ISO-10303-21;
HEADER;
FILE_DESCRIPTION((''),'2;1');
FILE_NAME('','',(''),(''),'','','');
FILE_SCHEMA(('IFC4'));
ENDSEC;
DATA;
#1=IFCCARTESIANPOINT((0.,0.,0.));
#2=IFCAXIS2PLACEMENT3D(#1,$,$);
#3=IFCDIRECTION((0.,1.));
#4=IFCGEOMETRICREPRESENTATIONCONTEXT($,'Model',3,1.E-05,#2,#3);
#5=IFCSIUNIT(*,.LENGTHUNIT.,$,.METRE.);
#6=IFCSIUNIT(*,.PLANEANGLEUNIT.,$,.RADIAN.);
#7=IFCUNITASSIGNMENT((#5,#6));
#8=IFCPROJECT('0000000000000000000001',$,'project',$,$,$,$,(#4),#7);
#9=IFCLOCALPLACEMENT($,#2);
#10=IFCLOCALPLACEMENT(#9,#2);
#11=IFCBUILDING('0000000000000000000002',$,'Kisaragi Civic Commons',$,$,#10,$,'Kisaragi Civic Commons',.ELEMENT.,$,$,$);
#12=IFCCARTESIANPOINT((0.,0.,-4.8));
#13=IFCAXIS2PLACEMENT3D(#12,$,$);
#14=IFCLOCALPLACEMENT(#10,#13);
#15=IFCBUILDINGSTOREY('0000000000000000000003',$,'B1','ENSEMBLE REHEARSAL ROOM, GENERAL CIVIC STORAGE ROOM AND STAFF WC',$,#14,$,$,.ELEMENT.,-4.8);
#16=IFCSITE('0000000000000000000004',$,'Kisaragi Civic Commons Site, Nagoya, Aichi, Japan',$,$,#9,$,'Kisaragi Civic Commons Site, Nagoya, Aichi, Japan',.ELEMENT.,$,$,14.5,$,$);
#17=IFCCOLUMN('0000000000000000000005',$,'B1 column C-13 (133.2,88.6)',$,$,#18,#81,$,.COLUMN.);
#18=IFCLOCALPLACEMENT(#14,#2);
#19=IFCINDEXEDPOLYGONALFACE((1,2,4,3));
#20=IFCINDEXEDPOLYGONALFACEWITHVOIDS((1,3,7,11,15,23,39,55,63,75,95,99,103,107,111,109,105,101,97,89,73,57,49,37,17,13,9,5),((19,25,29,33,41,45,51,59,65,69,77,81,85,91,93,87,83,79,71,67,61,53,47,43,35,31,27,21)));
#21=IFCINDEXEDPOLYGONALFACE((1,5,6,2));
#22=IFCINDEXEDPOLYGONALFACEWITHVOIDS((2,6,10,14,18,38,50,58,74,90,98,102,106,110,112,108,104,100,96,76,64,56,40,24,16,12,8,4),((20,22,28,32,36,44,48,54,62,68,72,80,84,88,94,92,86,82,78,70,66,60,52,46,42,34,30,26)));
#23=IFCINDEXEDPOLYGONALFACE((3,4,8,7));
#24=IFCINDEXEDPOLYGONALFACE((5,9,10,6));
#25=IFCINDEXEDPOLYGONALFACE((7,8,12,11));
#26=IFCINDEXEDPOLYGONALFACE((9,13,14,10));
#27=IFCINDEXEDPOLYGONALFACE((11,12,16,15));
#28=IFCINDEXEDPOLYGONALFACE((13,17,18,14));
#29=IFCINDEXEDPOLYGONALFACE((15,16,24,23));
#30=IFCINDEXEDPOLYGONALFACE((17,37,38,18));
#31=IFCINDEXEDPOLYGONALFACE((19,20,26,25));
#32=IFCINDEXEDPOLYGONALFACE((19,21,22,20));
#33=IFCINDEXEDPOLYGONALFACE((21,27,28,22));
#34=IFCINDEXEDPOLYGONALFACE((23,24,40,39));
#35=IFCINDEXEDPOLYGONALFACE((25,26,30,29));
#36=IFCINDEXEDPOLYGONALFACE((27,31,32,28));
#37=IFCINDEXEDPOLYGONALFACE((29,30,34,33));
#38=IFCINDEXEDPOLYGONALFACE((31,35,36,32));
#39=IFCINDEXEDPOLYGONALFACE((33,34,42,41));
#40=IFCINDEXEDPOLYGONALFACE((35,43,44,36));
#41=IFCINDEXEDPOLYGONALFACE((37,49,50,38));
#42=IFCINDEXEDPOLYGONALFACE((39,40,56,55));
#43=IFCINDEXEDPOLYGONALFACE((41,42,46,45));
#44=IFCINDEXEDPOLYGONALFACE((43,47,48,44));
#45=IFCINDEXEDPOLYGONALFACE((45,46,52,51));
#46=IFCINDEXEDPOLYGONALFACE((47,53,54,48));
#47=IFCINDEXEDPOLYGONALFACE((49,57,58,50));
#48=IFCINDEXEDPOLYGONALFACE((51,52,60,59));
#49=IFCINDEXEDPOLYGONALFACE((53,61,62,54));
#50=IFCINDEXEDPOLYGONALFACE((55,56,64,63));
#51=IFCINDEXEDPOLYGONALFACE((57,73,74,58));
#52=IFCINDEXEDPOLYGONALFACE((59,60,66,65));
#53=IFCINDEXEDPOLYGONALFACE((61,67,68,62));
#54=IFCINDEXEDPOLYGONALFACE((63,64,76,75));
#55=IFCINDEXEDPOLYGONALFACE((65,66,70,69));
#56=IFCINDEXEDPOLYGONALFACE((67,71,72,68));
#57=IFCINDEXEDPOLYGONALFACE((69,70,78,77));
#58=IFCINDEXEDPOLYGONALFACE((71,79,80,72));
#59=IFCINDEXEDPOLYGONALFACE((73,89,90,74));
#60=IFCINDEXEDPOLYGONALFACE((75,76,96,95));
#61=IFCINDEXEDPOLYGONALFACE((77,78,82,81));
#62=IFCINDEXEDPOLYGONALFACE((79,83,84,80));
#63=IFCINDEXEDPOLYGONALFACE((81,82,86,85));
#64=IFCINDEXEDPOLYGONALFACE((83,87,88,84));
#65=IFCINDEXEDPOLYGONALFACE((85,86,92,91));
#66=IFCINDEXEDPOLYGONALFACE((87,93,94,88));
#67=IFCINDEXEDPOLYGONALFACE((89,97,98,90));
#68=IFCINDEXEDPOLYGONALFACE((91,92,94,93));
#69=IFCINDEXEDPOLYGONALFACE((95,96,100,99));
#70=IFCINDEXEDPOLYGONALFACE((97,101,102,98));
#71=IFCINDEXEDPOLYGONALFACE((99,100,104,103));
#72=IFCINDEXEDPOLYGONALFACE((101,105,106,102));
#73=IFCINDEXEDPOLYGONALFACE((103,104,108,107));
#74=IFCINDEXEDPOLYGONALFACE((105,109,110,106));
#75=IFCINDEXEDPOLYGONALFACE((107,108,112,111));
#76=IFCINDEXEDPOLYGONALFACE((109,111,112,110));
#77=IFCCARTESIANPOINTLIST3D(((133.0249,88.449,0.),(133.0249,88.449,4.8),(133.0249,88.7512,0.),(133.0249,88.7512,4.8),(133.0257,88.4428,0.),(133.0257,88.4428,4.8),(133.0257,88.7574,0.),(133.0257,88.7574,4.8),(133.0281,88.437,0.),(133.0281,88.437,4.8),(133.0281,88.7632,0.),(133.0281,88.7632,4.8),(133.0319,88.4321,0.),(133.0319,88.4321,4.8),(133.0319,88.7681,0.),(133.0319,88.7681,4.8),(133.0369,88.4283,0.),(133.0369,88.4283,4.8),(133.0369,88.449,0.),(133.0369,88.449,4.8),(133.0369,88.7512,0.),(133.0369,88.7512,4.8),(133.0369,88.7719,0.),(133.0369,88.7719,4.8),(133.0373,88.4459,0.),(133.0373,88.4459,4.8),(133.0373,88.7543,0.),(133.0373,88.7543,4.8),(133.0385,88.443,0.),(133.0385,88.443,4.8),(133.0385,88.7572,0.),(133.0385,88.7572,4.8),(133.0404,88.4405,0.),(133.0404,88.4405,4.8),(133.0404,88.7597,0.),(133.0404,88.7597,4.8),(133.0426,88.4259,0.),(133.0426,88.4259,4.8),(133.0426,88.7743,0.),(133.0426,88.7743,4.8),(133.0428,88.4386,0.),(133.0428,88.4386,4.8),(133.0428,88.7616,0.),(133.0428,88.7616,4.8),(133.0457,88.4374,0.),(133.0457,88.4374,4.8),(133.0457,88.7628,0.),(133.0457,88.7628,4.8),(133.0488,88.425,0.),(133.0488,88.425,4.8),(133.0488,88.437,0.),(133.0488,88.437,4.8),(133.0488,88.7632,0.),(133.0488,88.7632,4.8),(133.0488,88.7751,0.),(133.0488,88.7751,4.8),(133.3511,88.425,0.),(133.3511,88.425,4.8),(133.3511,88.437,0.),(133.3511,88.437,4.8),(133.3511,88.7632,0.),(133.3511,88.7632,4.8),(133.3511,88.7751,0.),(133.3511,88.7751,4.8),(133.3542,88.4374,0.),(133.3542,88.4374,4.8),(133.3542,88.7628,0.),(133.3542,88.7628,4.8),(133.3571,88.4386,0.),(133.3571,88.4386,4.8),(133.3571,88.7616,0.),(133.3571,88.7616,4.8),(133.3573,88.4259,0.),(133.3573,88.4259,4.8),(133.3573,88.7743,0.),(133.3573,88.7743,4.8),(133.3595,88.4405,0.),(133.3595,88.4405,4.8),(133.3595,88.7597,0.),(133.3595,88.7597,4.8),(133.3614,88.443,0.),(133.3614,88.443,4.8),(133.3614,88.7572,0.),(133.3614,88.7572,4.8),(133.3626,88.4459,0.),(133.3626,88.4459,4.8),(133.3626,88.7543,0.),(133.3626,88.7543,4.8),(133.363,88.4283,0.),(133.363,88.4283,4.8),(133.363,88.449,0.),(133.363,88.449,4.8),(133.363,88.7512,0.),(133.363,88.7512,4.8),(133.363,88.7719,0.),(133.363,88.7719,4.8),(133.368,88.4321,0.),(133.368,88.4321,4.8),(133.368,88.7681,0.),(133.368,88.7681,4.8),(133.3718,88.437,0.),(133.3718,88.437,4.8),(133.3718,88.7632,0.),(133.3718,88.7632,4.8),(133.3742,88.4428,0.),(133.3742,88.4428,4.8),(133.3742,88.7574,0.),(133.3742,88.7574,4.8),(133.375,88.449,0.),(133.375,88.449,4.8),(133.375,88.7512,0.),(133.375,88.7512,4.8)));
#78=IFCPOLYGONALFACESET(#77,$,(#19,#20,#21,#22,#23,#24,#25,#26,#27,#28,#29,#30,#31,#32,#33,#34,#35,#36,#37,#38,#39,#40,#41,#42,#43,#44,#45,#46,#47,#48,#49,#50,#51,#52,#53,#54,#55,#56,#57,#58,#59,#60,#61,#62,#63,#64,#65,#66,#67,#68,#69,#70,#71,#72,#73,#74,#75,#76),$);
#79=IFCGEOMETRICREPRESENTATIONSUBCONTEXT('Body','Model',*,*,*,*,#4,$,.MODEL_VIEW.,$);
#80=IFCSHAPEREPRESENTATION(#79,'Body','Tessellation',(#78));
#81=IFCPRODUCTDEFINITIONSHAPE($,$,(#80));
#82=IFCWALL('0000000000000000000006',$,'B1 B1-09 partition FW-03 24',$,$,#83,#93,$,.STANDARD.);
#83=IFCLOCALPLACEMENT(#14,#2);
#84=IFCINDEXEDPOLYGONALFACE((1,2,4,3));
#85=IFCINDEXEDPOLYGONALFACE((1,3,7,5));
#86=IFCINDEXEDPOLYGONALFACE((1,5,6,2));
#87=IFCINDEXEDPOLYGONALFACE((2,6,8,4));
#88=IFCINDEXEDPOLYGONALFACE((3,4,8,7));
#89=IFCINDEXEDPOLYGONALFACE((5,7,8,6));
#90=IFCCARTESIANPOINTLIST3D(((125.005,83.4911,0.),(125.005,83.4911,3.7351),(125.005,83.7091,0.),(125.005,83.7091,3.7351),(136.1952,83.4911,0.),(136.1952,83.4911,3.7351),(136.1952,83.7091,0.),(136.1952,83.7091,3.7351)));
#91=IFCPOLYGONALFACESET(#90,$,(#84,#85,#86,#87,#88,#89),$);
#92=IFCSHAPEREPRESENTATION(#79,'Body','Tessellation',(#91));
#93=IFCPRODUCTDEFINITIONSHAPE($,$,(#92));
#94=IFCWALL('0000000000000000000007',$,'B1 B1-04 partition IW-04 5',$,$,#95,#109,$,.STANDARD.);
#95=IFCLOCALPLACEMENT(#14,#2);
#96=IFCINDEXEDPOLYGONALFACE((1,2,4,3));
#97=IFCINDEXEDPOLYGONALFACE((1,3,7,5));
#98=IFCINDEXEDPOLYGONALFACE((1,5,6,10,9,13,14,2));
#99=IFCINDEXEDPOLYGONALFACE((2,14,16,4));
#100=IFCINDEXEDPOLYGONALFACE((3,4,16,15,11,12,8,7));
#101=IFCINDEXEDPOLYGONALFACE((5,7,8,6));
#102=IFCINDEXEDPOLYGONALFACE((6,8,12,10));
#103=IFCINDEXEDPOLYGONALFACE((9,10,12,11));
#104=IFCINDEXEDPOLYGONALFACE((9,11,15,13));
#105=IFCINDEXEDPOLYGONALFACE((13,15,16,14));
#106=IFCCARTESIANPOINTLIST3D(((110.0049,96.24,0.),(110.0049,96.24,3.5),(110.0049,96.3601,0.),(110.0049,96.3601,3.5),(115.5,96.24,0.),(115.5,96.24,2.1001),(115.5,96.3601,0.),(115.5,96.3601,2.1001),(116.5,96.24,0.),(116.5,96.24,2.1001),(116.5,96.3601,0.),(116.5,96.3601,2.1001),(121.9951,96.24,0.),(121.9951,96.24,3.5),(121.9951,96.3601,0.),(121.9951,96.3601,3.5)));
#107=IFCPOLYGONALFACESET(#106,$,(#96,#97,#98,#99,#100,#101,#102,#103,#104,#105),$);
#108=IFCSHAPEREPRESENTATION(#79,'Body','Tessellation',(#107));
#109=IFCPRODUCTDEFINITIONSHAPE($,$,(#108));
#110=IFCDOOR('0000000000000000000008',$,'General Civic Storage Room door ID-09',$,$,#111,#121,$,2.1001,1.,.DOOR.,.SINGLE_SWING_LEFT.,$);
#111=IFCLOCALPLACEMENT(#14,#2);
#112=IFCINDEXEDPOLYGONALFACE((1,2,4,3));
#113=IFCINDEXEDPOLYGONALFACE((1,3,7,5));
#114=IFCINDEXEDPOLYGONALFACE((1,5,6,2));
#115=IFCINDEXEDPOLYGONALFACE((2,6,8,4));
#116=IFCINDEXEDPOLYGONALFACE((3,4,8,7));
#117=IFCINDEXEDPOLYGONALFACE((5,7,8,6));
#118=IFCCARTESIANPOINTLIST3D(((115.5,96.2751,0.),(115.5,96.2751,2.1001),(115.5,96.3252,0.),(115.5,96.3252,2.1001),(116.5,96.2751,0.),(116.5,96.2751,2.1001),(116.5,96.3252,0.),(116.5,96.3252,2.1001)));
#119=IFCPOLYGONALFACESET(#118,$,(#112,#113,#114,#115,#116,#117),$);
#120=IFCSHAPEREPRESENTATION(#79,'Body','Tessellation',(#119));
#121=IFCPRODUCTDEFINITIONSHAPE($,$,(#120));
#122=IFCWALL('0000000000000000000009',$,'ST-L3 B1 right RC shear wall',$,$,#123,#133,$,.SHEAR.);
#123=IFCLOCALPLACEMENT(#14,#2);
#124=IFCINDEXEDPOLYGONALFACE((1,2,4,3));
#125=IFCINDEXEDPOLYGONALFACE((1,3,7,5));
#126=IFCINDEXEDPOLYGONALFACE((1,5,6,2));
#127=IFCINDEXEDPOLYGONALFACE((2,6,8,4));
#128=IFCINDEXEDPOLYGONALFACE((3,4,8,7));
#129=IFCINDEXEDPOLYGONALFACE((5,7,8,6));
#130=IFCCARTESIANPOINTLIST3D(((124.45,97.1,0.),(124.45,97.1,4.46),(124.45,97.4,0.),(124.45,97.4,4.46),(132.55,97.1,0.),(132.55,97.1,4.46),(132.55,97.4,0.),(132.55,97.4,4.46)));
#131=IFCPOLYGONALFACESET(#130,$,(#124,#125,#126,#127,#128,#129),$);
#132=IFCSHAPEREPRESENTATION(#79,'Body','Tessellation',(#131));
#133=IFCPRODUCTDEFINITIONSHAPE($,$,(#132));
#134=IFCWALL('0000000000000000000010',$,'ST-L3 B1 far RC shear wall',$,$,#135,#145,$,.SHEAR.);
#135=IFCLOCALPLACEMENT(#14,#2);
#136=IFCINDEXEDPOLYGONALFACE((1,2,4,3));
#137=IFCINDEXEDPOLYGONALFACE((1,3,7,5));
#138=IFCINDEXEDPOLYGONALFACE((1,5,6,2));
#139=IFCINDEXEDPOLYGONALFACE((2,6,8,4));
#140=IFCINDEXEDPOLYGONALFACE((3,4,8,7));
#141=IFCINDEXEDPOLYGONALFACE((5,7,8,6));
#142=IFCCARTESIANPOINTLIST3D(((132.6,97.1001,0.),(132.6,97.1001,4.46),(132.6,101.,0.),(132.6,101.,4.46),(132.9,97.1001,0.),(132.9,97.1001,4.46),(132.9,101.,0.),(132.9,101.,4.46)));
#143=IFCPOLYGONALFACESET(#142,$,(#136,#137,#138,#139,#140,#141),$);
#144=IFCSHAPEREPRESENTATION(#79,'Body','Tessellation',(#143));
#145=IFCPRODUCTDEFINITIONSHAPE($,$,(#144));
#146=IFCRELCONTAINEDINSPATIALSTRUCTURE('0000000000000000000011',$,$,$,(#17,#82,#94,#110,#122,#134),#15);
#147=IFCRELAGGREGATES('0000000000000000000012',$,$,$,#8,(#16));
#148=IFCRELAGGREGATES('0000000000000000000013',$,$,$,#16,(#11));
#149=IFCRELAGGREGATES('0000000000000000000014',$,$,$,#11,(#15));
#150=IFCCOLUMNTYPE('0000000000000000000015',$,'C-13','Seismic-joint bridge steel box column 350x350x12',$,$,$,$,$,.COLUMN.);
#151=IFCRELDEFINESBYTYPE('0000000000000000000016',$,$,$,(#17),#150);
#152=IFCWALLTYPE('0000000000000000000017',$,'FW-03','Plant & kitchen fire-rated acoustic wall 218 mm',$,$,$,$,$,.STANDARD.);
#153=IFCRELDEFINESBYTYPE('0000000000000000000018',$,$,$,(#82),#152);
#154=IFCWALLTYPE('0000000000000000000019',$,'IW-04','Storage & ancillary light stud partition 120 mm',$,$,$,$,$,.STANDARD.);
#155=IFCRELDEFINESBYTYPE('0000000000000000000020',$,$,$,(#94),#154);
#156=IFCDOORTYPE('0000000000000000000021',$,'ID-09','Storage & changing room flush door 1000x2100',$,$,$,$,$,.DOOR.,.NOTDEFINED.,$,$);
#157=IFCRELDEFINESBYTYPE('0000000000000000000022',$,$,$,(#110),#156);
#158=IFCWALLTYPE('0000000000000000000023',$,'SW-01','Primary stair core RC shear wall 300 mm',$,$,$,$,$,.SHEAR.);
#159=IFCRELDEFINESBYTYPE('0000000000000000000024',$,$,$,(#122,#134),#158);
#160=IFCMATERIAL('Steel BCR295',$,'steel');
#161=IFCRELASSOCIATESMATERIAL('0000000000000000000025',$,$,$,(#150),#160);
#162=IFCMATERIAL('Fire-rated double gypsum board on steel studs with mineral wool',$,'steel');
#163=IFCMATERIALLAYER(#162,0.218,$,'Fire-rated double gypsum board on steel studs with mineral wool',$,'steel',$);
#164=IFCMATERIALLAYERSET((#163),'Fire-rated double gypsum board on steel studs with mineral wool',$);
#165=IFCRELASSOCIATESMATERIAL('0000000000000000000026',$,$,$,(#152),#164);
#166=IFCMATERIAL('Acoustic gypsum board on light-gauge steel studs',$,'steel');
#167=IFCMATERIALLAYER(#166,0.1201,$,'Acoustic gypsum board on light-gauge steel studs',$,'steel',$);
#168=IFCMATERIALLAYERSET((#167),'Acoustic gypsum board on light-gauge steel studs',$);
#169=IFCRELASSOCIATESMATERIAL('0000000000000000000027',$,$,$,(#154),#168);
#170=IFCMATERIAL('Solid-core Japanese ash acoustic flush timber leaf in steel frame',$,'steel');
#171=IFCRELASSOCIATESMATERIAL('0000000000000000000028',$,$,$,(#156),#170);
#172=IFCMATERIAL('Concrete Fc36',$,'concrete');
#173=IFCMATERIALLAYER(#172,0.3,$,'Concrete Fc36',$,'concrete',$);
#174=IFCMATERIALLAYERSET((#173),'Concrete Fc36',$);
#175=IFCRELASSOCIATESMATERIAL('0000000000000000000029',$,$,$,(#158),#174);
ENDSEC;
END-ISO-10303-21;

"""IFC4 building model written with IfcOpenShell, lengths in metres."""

from ifc_helpers import new_model, si_unit, direction, frame, frame_2d, origin, origin_2d, place, context, subcontext, project, spatial, rectangle, hollow_rectangle, extrude, material, layer, layer_set, material_profile, profile_set, type_object, element, fill, save


model = new_model("IFC4")

# Units and contexts
model_context = context("Model", 3, precision=1e-05, world=origin(), true_north=direction((0.0, 1.0)))
body_context = subcontext(model_context, "Body", "Model", "MODEL_VIEW")
ifc_project = project(units=[si_unit("LENGTHUNIT", "METRE"), si_unit("PLANEANGLEUNIT", "RADIAN")], contexts=[model_context])

# Site, building, storey
site_placement = place(None, origin())
site = spatial("IfcSite", under=ifc_project, at=site_placement, Name="Kisaragi Civic Commons Site, Nagoya, Aichi, Japan", LongName="Kisaragi Civic Commons Site, Nagoya, Aichi, Japan", CompositionType="ELEMENT", RefElevation=14.5)
building_placement = place(site_placement, origin())
building = spatial("IfcBuilding", under=site, at=building_placement, Name="Kisaragi Civic Commons", LongName="Kisaragi Civic Commons", CompositionType="ELEMENT")
storey_placement = place(building_placement, frame((0.0, 0.0, -4.8)))
storey = spatial("IfcBuildingStorey", under=building, at=storey_placement, Name="B1", Description="ENSEMBLE REHEARSAL ROOM, GENERAL CIVIC STORAGE ROOM AND STAFF WC", CompositionType="ELEMENT", Elevation=-4.8)

# Shared definitions
ifc_material_1 = material(Name="Concrete Fc36", Category="concrete")

# Column
ifc_material_2 = material(Name="Steel BCR295", Category="steel")
ifc_material_profile_1 = material_profile(ifc_material_2, hollow_rectangle(XDim=0.3501, YDim=0.3501, WallThickness=0.012, InnerFilletRadius=0.012, OuterFilletRadius=0.0239, at=origin_2d()), Name="BCR-350x350x12", Category="steel")
ifc_profile_set_1 = profile_set([ifc_material_profile_1], Name="Steel BCR295")
column_type_1 = type_object("IfcColumnType", Name="C-13", Description="Seismic-joint bridge steel box column 350x350x12", PredefinedType="COLUMN", material=ifc_profile_set_1)
for number, where, z_axis, x_axis, name in (
    (1, (133.2, 88.6001, 0.0), (0.0, 0.0, 1.0), (1.0, 0.0, 0.0), "B1 column C-13 (133.2,88.6)"),
):
    element("IfcColumn", number, at=place(storey_placement, frame(where, z_axis=z_axis, x_axis=x_axis)), inside=storey, type_object=column_type_1, Name=name, PredefinedType="COLUMN", context=body_context, shape_type="SweptSolid", body=[
        extrude(hollow_rectangle(XDim=0.3501, YDim=0.3501, WallThickness=0.012, InnerFilletRadius=0.012, OuterFilletRadius=0.0239, at=origin_2d()), origin(), (0.0, 0.0, 1.0), 4.8),
    ])

# Wall
ifc_material_3 = material(Name="Fire-rated double gypsum board on steel studs with mineral wool", Category="steel")
ifc_layer_1 = layer(ifc_material_3, 0.218, Name="Fire-rated double gypsum board on steel studs with mineral wool", Category="steel")
ifc_layer_set_1 = layer_set([ifc_layer_1], Name="Fire-rated double gypsum board on steel studs with mineral wool")
wall_type_1 = type_object("IfcWallType", Name="FW-03", Description="Plant & kitchen fire-rated acoustic wall 218 mm", PredefinedType="STANDARD", material=ifc_layer_set_1)
wall_1_placement = place(storey_placement, frame((125.0049, 83.6001, 0.0), z_axis=(0.0, 0.0, 1.0), x_axis=(1.0, 0.0, 0.0)))
element("IfcWall", 2, at=wall_1_placement, inside=storey, type_object=wall_type_1, Name="B1 B1-09 partition FW-03 24", PredefinedType="STANDARD", context=body_context, shape_type="SweptSolid", body=[
    extrude(rectangle(XDim=11.1902, YDim=0.218, at=frame_2d((5.5952, 0.0))), origin(), (0.0, 0.0, 1.0), 3.7351),
])

# Wall, opening, door
ifc_material_4 = material(Name="Acoustic gypsum board on light-gauge steel studs", Category="steel")
ifc_layer_2 = layer(ifc_material_4, 0.1201, Name="Acoustic gypsum board on light-gauge steel studs", Category="steel")
ifc_layer_set_2 = layer_set([ifc_layer_2], Name="Acoustic gypsum board on light-gauge steel studs")
wall_type_2 = type_object("IfcWallType", Name="IW-04", Description="Storage & ancillary light stud partition 120 mm", PredefinedType="STANDARD", material=ifc_layer_set_2)
wall_2_placement = place(storey_placement, frame((121.9951, 96.3, 0.0), z_axis=(0.0, 0.0, 1.0), x_axis=(-1.0, 0.0, 0.0)))
wall_2 = element("IfcWall", 3, at=wall_2_placement, inside=storey, type_object=wall_type_2, Name="B1 B1-04 partition IW-04 5", PredefinedType="STANDARD", context=body_context, shape_type="SweptSolid", body=[
    extrude(rectangle(XDim=11.9902, YDim=0.1201, at=frame_2d((5.9951, 0.0))), origin(), (0.0, 0.0, 1.0), 3.5),
])
opening_placement = place(wall_2_placement, frame((5.4951, 0.0, 0.0)))
opening = element("IfcOpeningElement", 4, at=opening_placement, cuts=wall_2, PredefinedType="OPENING", context=body_context, shape_type="SweptSolid", body=[
    extrude(rectangle(XDim=1.0, YDim=2.1001, at=frame_2d((0.5, 1.05))), frame((0.0, 0.0701, 0.0), z_axis=(0.0, -1.0, 0.0), x_axis=(1.0, 0.0, 0.0)), (0.0, 0.0, 1.0), 0.1401),
])
ifc_material_5 = material(Name="Solid-core Japanese ash acoustic flush timber leaf in steel frame", Category="steel")
door_type = type_object("IfcDoorType", Name="ID-09", Description="Storage & changing room flush door 1000x2100", OperationType="NOTDEFINED", PredefinedType="DOOR", material=ifc_material_5)
door_placement = place(opening_placement, origin())
door = element("IfcDoor", 5, at=door_placement, inside=storey, type_object=door_type, Name="General Civic Storage Room door ID-09", OperationType="SINGLE_SWING_LEFT", OverallHeight=2.1001, OverallWidth=1.0, PredefinedType="DOOR", context=body_context, shape_type="SweptSolid", body=[
    extrude(rectangle(XDim=1.0, YDim=2.1001, at=frame_2d((0.5, 1.05))), frame((0.0, 0.0249, 0.0), z_axis=(0.0, -1.0, 0.0), x_axis=(1.0, 0.0, 0.0)), (0.0, 0.0, 1.0), 0.05),
])
fill(opening, door)

# Walls
ifc_layer_3 = layer(ifc_material_1, 0.3, Name="Concrete Fc36", Category="concrete")
ifc_layer_set_3 = layer_set([ifc_layer_3], Name="Concrete Fc36")
wall_type_3 = type_object("IfcWallType", Name="SW-01", Description="Primary stair core RC shear wall 300 mm", PredefinedType="SHEAR", material=ifc_layer_set_3)
wall_3_placement = place(storey_placement, frame((124.45, 97.25, 0.0), z_axis=(0.0, 0.0, 1.0), x_axis=(1.0, 0.0, 0.0)))
element("IfcWall", 6, at=wall_3_placement, inside=storey, type_object=wall_type_3, Name="ST-L3 B1 right RC shear wall", PredefinedType="SHEAR", context=body_context, shape_type="SweptSolid", body=[
    extrude(rectangle(XDim=8.1001, YDim=0.3, at=frame_2d((4.05, 0.0))), origin(), (0.0, 0.0, 1.0), 4.46),
])
wall_4_placement = place(storey_placement, frame((132.75, 97.1001, 0.0), z_axis=(0.0, 0.0, 1.0), x_axis=(0.0, 1.0, 0.0)))
element("IfcWall", 7, at=wall_4_placement, inside=storey, type_object=wall_type_3, Name="ST-L3 B1 far RC shear wall", PredefinedType="SHEAR", context=body_context, shape_type="SweptSolid", body=[
    extrude(rectangle(XDim=3.8999, YDim=0.3, at=frame_2d((1.95, 0.0))), origin(), (0.0, 0.0, 1.0), 4.46),
])

save(model, "model.ifc")
